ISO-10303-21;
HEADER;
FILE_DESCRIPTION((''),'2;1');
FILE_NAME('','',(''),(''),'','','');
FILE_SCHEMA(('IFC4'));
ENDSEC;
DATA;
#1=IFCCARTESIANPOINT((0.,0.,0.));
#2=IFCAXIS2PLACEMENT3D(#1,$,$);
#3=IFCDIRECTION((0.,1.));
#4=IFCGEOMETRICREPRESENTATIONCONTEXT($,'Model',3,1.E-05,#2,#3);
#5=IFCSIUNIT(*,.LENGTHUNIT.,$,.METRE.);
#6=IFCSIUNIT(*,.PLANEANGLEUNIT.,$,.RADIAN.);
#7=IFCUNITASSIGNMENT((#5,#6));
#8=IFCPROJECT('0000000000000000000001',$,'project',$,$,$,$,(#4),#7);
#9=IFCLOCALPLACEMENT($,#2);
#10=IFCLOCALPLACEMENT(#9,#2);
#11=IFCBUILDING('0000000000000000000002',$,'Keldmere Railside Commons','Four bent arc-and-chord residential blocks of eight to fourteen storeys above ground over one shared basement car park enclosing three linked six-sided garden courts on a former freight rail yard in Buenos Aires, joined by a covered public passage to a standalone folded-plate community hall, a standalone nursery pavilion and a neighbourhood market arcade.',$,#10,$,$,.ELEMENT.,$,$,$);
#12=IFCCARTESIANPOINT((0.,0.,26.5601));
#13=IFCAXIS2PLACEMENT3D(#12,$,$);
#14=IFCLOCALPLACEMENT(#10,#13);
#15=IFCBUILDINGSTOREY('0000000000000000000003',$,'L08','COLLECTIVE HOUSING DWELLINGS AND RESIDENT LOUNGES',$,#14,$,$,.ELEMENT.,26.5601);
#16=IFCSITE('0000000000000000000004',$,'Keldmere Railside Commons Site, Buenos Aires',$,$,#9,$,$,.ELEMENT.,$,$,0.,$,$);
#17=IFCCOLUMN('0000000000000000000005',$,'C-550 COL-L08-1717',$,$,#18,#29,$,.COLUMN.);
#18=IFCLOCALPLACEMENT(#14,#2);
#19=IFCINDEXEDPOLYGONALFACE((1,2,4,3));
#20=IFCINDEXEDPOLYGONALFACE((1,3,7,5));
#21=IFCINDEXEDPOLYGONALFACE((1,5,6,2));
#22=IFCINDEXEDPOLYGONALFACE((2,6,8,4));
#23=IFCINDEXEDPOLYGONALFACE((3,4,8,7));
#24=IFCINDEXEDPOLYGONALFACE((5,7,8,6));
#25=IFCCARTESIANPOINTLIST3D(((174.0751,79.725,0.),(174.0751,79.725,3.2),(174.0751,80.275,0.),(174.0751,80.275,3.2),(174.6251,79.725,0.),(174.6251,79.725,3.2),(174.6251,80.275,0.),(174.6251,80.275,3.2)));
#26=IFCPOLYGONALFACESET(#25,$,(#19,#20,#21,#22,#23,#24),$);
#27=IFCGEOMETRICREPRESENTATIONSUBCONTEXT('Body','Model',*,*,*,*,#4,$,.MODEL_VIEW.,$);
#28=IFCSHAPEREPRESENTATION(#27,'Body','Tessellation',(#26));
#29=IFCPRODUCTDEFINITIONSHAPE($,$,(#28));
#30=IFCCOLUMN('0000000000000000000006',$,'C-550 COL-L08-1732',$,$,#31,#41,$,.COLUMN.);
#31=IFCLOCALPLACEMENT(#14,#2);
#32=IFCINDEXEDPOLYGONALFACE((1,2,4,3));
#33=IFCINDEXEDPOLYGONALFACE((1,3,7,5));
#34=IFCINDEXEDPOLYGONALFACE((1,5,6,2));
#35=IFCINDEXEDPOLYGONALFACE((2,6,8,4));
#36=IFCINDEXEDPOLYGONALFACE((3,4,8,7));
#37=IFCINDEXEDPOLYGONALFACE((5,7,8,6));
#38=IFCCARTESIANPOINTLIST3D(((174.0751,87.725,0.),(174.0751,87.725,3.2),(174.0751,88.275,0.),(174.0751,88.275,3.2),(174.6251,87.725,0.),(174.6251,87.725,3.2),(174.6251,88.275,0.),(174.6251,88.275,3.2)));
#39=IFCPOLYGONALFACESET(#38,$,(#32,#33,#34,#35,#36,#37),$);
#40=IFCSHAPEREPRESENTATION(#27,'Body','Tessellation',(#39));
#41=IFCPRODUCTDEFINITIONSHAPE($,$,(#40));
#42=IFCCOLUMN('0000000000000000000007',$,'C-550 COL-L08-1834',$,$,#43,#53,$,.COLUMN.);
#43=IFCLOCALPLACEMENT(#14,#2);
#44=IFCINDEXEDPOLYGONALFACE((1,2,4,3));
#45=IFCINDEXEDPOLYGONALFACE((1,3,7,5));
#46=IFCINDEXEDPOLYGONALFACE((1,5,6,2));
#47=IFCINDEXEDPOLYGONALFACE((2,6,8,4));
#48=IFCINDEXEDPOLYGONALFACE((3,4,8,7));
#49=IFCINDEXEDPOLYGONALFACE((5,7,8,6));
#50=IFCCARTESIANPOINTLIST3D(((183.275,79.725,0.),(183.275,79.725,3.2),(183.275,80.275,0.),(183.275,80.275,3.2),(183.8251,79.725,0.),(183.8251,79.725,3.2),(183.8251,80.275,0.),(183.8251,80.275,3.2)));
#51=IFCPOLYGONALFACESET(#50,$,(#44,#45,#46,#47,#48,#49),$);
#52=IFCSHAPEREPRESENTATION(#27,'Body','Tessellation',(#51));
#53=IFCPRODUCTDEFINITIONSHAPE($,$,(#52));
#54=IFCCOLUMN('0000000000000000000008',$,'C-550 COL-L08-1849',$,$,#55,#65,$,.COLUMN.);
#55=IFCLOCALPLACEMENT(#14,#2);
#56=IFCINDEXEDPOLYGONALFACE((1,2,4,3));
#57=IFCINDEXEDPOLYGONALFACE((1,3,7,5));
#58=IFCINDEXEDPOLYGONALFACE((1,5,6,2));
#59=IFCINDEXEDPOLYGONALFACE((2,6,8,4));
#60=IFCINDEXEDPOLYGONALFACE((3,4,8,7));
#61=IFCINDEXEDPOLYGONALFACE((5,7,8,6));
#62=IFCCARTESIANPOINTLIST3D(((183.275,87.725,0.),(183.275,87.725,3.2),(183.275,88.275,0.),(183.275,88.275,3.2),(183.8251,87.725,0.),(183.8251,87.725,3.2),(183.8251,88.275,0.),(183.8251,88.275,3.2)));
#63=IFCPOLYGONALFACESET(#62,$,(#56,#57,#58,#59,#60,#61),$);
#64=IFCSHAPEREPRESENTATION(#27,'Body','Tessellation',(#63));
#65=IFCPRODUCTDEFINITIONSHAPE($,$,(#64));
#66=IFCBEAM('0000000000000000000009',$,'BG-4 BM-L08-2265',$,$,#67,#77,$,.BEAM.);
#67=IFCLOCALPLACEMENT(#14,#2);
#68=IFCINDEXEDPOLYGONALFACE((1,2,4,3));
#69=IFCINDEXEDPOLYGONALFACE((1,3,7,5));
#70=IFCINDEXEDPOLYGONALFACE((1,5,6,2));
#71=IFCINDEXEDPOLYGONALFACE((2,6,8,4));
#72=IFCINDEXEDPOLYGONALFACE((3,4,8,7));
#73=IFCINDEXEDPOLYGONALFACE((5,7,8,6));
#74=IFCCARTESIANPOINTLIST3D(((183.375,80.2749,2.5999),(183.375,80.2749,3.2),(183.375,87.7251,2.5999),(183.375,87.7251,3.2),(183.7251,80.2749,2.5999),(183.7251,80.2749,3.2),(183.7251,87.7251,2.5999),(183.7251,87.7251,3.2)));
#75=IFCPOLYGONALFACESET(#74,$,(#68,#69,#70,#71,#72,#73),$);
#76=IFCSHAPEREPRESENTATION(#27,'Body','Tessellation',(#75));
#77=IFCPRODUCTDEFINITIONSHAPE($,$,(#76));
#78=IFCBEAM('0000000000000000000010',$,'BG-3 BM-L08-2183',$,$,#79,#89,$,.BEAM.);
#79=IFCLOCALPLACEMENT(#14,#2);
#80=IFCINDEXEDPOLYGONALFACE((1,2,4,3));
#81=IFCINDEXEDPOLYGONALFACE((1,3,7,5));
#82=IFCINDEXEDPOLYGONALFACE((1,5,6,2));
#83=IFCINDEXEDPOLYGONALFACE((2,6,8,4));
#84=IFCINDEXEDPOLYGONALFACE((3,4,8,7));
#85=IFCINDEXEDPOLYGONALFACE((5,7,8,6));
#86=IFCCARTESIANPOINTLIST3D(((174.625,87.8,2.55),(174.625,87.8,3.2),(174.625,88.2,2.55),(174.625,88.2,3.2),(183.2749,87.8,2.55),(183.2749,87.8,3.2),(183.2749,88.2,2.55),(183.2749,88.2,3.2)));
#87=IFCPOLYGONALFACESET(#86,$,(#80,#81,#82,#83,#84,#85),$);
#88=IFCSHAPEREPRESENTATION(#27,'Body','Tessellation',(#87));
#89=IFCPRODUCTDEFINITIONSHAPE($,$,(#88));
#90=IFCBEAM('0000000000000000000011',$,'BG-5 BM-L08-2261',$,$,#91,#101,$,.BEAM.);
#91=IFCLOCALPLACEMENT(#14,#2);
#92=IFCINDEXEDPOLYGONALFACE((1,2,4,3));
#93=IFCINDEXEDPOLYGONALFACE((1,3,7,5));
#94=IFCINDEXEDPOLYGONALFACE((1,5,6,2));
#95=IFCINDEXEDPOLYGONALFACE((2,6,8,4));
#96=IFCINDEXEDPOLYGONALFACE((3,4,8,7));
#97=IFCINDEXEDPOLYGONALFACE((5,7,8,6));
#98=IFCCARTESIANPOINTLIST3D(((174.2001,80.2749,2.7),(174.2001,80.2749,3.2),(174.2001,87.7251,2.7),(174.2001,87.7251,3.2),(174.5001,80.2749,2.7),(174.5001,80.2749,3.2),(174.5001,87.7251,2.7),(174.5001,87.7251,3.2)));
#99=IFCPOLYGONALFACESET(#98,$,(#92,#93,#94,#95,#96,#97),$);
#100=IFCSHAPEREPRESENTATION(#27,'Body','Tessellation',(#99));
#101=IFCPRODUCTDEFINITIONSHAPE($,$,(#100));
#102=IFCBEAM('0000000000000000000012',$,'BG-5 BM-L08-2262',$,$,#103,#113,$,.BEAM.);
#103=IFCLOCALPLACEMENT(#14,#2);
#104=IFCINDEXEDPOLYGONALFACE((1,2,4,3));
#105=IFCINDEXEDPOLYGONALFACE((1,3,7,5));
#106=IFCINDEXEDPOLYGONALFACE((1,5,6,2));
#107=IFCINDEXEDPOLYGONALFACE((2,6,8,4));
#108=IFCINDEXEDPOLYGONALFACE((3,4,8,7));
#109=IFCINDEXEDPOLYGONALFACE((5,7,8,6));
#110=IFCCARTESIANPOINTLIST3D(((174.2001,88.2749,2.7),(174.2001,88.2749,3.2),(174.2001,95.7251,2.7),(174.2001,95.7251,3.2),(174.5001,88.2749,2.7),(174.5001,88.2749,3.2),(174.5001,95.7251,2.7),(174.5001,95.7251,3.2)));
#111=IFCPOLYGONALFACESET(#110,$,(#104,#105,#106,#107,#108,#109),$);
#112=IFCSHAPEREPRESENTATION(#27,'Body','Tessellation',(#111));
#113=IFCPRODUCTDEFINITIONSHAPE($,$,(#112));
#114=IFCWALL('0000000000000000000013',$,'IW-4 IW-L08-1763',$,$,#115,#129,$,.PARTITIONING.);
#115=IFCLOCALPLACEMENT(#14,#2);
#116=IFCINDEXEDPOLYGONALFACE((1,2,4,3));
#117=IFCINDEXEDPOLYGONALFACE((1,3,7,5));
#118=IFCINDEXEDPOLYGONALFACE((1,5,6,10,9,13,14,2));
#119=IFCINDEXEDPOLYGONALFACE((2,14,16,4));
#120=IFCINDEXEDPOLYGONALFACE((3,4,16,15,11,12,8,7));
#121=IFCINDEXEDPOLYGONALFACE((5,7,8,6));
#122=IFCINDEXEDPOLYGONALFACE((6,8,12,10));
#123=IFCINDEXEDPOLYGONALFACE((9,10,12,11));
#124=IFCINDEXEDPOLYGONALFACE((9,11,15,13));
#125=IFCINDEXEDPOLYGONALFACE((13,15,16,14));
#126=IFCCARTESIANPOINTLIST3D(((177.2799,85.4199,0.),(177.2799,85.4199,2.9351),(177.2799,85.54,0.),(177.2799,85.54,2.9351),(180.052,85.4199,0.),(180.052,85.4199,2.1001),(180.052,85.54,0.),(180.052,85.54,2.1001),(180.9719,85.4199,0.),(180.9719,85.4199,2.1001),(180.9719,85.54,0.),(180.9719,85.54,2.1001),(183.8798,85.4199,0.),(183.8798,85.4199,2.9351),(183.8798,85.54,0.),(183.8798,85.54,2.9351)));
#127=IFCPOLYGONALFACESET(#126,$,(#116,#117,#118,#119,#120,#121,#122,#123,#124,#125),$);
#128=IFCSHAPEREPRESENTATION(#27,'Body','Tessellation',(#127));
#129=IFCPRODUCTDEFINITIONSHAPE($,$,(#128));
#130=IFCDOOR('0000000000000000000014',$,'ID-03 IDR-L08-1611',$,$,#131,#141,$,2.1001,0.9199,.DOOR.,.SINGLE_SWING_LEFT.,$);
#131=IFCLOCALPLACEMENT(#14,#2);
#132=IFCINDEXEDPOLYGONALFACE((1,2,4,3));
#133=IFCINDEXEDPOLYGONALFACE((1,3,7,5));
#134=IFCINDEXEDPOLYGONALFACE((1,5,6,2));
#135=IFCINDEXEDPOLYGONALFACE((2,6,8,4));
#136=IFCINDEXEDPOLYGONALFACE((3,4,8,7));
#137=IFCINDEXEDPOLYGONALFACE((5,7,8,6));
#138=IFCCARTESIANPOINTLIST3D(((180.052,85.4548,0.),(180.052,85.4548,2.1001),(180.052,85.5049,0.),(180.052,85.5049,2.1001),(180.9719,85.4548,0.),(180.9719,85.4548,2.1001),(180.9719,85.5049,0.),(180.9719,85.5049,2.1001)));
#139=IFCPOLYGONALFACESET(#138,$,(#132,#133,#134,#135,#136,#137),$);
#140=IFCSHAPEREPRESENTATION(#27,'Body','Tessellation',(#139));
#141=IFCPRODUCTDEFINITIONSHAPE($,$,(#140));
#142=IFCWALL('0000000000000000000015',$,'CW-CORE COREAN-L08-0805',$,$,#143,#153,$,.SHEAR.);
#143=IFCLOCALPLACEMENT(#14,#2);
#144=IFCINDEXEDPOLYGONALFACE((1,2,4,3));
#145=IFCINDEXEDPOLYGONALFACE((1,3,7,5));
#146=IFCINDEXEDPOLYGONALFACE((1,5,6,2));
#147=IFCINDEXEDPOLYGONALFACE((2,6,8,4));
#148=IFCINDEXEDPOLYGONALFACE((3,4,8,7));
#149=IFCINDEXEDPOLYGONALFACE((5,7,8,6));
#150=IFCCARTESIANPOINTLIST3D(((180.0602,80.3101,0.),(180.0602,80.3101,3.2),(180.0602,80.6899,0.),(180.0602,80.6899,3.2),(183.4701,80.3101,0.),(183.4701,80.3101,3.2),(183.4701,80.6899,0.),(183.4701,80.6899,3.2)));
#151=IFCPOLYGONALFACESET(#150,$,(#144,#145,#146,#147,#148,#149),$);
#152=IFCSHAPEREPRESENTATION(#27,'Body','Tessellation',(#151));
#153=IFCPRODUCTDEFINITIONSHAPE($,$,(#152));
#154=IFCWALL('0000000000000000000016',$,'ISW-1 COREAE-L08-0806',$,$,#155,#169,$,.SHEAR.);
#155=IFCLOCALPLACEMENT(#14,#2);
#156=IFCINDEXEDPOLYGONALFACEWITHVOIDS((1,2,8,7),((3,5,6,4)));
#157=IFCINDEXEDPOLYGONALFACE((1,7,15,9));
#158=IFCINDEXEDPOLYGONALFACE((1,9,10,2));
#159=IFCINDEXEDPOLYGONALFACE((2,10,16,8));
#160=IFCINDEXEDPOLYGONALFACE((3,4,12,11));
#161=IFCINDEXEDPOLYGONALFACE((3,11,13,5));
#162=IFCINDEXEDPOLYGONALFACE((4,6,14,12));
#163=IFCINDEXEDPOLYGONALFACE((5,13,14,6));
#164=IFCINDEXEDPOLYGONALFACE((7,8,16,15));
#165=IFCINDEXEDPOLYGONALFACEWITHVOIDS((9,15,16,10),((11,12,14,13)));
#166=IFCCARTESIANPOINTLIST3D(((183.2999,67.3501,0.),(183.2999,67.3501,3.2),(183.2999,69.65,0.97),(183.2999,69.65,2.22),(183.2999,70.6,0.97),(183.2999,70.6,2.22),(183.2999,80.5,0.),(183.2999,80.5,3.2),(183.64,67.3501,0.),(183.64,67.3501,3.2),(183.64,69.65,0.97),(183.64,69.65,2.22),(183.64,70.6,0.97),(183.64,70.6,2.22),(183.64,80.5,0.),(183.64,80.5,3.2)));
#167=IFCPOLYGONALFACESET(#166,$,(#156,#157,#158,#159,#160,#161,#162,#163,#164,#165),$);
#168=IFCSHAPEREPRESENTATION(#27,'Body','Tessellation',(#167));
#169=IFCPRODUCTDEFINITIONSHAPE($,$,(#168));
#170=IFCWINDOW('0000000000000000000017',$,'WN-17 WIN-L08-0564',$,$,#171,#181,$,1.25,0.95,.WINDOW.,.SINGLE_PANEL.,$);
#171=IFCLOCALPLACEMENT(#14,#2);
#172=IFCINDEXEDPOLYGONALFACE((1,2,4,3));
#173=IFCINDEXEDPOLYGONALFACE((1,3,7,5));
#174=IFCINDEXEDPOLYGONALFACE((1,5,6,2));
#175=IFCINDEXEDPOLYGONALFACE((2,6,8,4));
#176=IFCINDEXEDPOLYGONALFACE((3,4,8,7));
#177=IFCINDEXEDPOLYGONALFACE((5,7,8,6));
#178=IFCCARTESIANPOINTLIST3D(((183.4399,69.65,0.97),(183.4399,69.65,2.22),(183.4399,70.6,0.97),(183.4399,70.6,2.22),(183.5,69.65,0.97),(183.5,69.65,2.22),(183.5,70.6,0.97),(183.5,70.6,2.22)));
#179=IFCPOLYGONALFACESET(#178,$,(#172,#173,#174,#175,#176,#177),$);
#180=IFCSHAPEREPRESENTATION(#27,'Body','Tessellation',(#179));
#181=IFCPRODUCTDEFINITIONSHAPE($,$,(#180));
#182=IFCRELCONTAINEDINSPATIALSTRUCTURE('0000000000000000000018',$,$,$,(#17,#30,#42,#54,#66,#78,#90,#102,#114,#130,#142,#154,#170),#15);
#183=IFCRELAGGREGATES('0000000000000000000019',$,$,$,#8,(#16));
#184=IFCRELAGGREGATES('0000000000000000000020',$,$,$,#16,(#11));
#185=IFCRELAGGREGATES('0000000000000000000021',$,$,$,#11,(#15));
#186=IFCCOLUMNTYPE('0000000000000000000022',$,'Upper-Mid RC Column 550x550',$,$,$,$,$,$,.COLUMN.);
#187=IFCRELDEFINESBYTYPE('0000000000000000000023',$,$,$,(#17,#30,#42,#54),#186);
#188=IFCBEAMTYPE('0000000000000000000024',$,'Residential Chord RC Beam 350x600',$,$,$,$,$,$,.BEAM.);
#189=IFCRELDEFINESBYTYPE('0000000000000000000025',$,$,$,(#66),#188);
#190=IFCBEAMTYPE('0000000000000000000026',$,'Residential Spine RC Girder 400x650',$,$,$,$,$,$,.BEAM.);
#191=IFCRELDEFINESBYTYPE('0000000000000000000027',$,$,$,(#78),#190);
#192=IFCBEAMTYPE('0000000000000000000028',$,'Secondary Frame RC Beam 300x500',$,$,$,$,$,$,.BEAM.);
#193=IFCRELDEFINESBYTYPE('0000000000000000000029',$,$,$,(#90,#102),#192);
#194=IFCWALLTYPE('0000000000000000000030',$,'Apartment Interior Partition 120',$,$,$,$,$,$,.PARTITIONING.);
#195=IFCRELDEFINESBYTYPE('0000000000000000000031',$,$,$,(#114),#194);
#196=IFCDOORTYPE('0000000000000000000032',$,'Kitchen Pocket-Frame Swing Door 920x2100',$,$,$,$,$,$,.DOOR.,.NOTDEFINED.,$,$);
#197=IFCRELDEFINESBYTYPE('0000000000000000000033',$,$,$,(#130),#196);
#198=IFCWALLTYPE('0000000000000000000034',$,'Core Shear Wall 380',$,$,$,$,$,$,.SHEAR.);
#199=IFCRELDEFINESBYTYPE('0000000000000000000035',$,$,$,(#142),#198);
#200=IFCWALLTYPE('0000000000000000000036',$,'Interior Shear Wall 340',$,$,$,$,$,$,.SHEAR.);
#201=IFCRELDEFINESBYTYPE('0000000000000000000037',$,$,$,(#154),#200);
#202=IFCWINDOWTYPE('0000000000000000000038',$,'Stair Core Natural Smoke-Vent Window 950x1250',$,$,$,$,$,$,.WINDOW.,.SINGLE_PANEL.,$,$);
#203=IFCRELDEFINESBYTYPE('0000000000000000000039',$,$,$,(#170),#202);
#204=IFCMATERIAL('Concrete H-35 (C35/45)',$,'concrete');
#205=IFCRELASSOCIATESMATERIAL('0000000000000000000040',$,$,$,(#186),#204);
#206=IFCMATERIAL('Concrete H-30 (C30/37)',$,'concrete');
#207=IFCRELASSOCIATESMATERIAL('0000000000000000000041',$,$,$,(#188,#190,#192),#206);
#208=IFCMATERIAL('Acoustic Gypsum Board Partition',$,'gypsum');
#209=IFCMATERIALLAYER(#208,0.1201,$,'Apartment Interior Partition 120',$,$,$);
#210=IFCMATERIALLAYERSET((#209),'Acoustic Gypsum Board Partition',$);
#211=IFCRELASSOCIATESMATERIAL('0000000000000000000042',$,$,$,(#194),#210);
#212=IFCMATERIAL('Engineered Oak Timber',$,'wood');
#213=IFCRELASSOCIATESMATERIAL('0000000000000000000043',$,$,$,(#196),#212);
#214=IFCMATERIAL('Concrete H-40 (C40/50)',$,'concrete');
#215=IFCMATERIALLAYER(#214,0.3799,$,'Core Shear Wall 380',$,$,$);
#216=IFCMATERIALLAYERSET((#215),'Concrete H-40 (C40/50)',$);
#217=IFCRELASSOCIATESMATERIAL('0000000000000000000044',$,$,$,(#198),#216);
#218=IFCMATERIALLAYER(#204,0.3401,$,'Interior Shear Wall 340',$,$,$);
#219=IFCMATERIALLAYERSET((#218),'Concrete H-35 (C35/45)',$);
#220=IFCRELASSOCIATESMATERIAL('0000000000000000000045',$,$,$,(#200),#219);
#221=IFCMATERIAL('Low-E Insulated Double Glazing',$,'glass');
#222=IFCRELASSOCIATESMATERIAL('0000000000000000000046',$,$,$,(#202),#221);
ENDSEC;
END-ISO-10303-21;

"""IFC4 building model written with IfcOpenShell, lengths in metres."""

from ifc_helpers import new_model, si_unit, direction, frame, frame_2d, origin, origin_2d, place, context, subcontext, project, spatial, rectangle, extrude, material, layer, layer_set, material_profile, profile_set, type_object, element, fill, save


model = new_model("IFC4")

# Units and contexts
model_context = context("Model", 3, precision=1e-05, world=origin(), true_north=direction((0.0, 1.0)))
body_context = subcontext(model_context, "Body", "Model", "MODEL_VIEW")
ifc_project = project(units=[si_unit("LENGTHUNIT", "METRE"), si_unit("PLANEANGLEUNIT", "RADIAN")], contexts=[model_context])

# Site, building, storey
site_placement = place(None, origin())
site = spatial("IfcSite", under=ifc_project, at=site_placement, Name="Keldmere Railside Commons Site, Buenos Aires", CompositionType="ELEMENT", RefElevation=0.0)
building_placement = place(site_placement, origin())
building = spatial("IfcBuilding", under=site, at=building_placement, Name="Keldmere Railside Commons", Description="Four bent arc-and-chord residential blocks of eight to fourteen storeys above ground over one shared basement car park enclosing three linked six-sided garden courts on a former freight rail yard in Buenos Aires, joined by a covered public passage to a standalone folded-plate community hall, a standalone nursery pavilion and a neighbourhood market arcade.", CompositionType="ELEMENT")
storey_placement = place(building_placement, frame((0.0, 0.0, 26.5601)))
storey = spatial("IfcBuildingStorey", under=building, at=storey_placement, Name="L08", Description="COLLECTIVE HOUSING DWELLINGS AND RESIDENT LOUNGES", CompositionType="ELEMENT", Elevation=26.5601)

# Columns
ifc_material_1 = material(Name="Concrete H-35 (C35/45)", Category="concrete")
ifc_material_profile_1 = material_profile(ifc_material_1, rectangle(XDim=0.55, YDim=0.55, at=origin_2d()), Name="RC-550x550")
ifc_profile_set_1 = profile_set([ifc_material_profile_1], Name="Concrete H-35 (C35/45)")
column_type = type_object("IfcColumnType", Name="Upper-Mid RC Column 550x550", PredefinedType="COLUMN", material=ifc_profile_set_1)
for number, where, z_axis, x_axis, name in (
    (1, (174.3501, 80.0, 0.0), (0.0, 0.0, 1.0), (1.0, 0.0, 0.0), "C-550 COL-L08-1717"),
    (2, (174.3501, 88.0, 0.0), (0.0, 0.0, 1.0), (1.0, 0.0, 0.0), "C-550 COL-L08-1732"),
    (3, (183.55, 80.0, 0.0), (0.0, 0.0, 1.0), (1.0, 0.0, 0.0), "C-550 COL-L08-1834"),
    (4, (183.55, 88.0, 0.0), (0.0, 0.0, 1.0), (1.0, 0.0, 0.0), "C-550 COL-L08-1849"),
):
    element("IfcColumn", number, at=place(storey_placement, frame(where, z_axis=z_axis, x_axis=x_axis)), inside=storey, type_object=column_type, Name=name, PredefinedType="COLUMN", context=body_context, shape_type="SweptSolid", body=[
        extrude(rectangle(XDim=0.55, YDim=0.55, at=origin_2d()), origin(), (0.0, 0.0, 1.0), 3.2),
    ])

# Beams
ifc_material_2 = material(Name="Concrete H-30 (C30/37)", Category="concrete")
ifc_material_profile_2 = material_profile(ifc_material_2, rectangle(XDim=0.3501, YDim=0.6001, at=origin_2d()), Name="RC-350x600")
ifc_profile_set_2 = profile_set([ifc_material_profile_2], Name="Concrete H-30 (C30/37)")
beam_type_1 = type_object("IfcBeamType", Name="Residential Chord RC Beam 350x600", PredefinedType="BEAM", material=ifc_profile_set_2)
beam_1_placement = place(storey_placement, frame((183.55, 80.2749, 2.8999), z_axis=(0.0, 1.0, 0.0), x_axis=(-1.0, 0.0, 0.0)))
element("IfcBeam", 5, at=beam_1_placement, inside=storey, type_object=beam_type_1, Name="BG-4 BM-L08-2265", PredefinedType="BEAM", context=body_context, shape_type="SweptSolid", body=[
    extrude(rectangle(XDim=0.3501, YDim=0.6001, at=origin_2d()), origin(), (0.0, 0.0, 1.0), 7.4502),
])
ifc_material_profile_3 = material_profile(ifc_material_2, rectangle(XDim=0.3999, YDim=0.6499, at=origin_2d()), Name="RC-400x650")
ifc_profile_set_3 = profile_set([ifc_material_profile_3], Name="Concrete H-30 (C30/37)")
beam_type_2 = type_object("IfcBeamType", Name="Residential Spine RC Girder 400x650", PredefinedType="BEAM", material=ifc_profile_set_3)
beam_2_placement = place(storey_placement, frame((174.625, 88.0, 2.875), z_axis=(1.0, 0.0, 0.0), x_axis=(0.0, 1.0, 0.0)))
element("IfcBeam", 6, at=beam_2_placement, inside=storey, type_object=beam_type_2, Name="BG-3 BM-L08-2183", PredefinedType="BEAM", context=body_context, shape_type="SweptSolid", body=[
    extrude(rectangle(XDim=0.3999, YDim=0.6499, at=origin_2d()), origin(), (0.0, 0.0, 1.0), 8.6499),
])
ifc_material_profile_4 = material_profile(ifc_material_2, rectangle(XDim=0.3, YDim=0.5, at=origin_2d()), Name="RC-300x500")
ifc_profile_set_4 = profile_set([ifc_material_profile_4], Name="Concrete H-30 (C30/37)")
beam_type_3 = type_object("IfcBeamType", Name="Secondary Frame RC Beam 300x500", PredefinedType="BEAM", material=ifc_profile_set_4)
for number, where, z_axis, x_axis, name in (
    (7, (174.3501, 80.2749, 2.95), (0.0, 1.0, 0.0), (-1.0, 0.0, 0.0), "BG-5 BM-L08-2261"),
    (8, (174.3501, 88.2749, 2.95), (0.0, 1.0, 0.0), (-1.0, 0.0, 0.0), "BG-5 BM-L08-2262"),
):
    element("IfcBeam", number, at=place(storey_placement, frame(where, z_axis=z_axis, x_axis=x_axis)), inside=storey, type_object=beam_type_3, Name=name, PredefinedType="BEAM", context=body_context, shape_type="SweptSolid", body=[
        extrude(rectangle(XDim=0.3, YDim=0.5, at=origin_2d()), origin(), (0.0, 0.0, 1.0), 7.4502),
    ])

# Wall, opening, door
ifc_material_3 = material(Name="Acoustic Gypsum Board Partition", Category="gypsum")
ifc_layer_1 = layer(ifc_material_3, 0.1201, Name="Apartment Interior Partition 120")
ifc_layer_set_1 = layer_set([ifc_layer_1], Name="Acoustic Gypsum Board Partition")
wall_type_1 = type_object("IfcWallType", Name="Apartment Interior Partition 120", PredefinedType="PARTITIONING", material=ifc_layer_set_1)
wall_1_placement = place(storey_placement, frame((177.28, 85.48, 0.0), z_axis=(0.0, 0.0, 1.0), x_axis=(1.0, 0.0, 0.0)))
wall_1 = element("IfcWall", 9, at=wall_1_placement, inside=storey, type_object=wall_type_1, Name="IW-4 IW-L08-1763", PredefinedType="PARTITIONING", context=body_context, shape_type="SweptSolid", body=[
    extrude(rectangle(XDim=6.5999, YDim=0.1201, at=frame_2d((3.2998, 0.0))), origin(), (0.0, 0.0, 1.0), 2.9351),
])
opening_1_placement = place(wall_1_placement, frame((2.772, 0.0, 0.0)))
opening_1 = element("IfcOpeningElement", 10, at=opening_1_placement, cuts=wall_1, PredefinedType="OPENING", context=body_context, shape_type="SweptSolid", body=[
    extrude(rectangle(XDim=0.9199, YDim=2.1001, at=frame_2d((0.46, 1.05))), frame((0.0, 0.0701, 0.0), z_axis=(0.0, -1.0, 0.0), x_axis=(1.0, 0.0, 0.0)), (0.0, 0.0, 1.0), 0.1401),
])
ifc_material_4 = material(Name="Engineered Oak Timber", Category="wood")
door_type_1 = type_object("IfcDoorType", Name="Kitchen Pocket-Frame Swing Door 920x2100", OperationType="NOTDEFINED", PredefinedType="DOOR", material=ifc_material_4)
door_1_placement = place(opening_1_placement, origin())
door_1 = element("IfcDoor", 11, at=door_1_placement, inside=storey, type_object=door_type_1, Name="ID-03 IDR-L08-1611", OperationType="SINGLE_SWING_LEFT", OverallHeight=2.1001, OverallWidth=0.9199, PredefinedType="DOOR", context=body_context, shape_type="SweptSolid", body=[
    extrude(rectangle(XDim=0.9199, YDim=2.1001, at=frame_2d((0.46, 1.05))), frame((0.0, 0.0249, 0.0), z_axis=(0.0, -1.0, 0.0), x_axis=(1.0, 0.0, 0.0)), (0.0, 0.0, 1.0), 0.05),
])
fill(opening_1, door_1)

# Wall
ifc_material_5 = material(Name="Concrete H-40 (C40/50)", Category="concrete")
ifc_layer_2 = layer(ifc_material_5, 0.3799, Name="Core Shear Wall 380")
ifc_layer_set_2 = layer_set([ifc_layer_2], Name="Concrete H-40 (C40/50)")
wall_type_2 = type_object("IfcWallType", Name="Core Shear Wall 380", PredefinedType="SHEAR", material=ifc_layer_set_2)
wall_2_placement = place(storey_placement, frame((180.0601, 80.5, 0.0), z_axis=(0.0, 0.0, 1.0), x_axis=(1.0, 0.0, 0.0)))
element("IfcWall", 12, at=wall_2_placement, inside=storey, type_object=wall_type_2, Name="CW-CORE COREAN-L08-0805", PredefinedType="SHEAR", context=body_context, shape_type="SweptSolid", body=[
    extrude(rectangle(XDim=3.4099, YDim=0.3799, at=frame_2d((1.7051, 0.0))), origin(), (0.0, 0.0, 1.0), 3.2),
])

# Wall, opening, window
ifc_layer_3 = layer(ifc_material_1, 0.3401, Name="Interior Shear Wall 340")
ifc_layer_set_3 = layer_set([ifc_layer_3], Name="Concrete H-35 (C35/45)")
wall_type_3 = type_object("IfcWallType", Name="Interior Shear Wall 340", PredefinedType="SHEAR", material=ifc_layer_set_3)
wall_3_placement = place(storey_placement, frame((183.47, 80.5, 0.0), z_axis=(0.0, 0.0, 1.0), x_axis=(0.0, -1.0, 0.0)))
wall_3 = element("IfcWall", 13, at=wall_3_placement, inside=storey, type_object=wall_type_3, Name="ISW-1 COREAE-L08-0806", PredefinedType="SHEAR", context=body_context, shape_type="SweptSolid", body=[
    extrude(rectangle(XDim=13.1499, YDim=0.3401, at=frame_2d((6.575, 0.0))), origin(), (0.0, 0.0, 1.0), 3.2),
])
opening_2_placement = place(wall_3_placement, frame((9.8999, 0.0, 0.97)))
opening_2 = element("IfcOpeningElement", 14, at=opening_2_placement, cuts=wall_3, PredefinedType="OPENING", context=body_context, shape_type="SweptSolid", body=[
    extrude(rectangle(XDim=0.95, YDim=1.25, at=frame_2d((0.4751, 0.625))), frame((0.0, 0.1799, 0.0), z_axis=(0.0, -1.0, 0.0), x_axis=(1.0, 0.0, 0.0)), (0.0, 0.0, 1.0), 0.3601),
])
ifc_material_6 = material(Name="Low-E Insulated Double Glazing", Category="glass")
window_type = type_object("IfcWindowType", Name="Stair Core Natural Smoke-Vent Window 950x1250", PartitioningType="SINGLE_PANEL", PredefinedType="WINDOW", material=ifc_material_6)
window_placement = place(opening_2_placement, origin())
window = element("IfcWindow", 15, at=window_placement, inside=storey, type_object=window_type, Name="WN-17 WIN-L08-0564", OverallHeight=1.25, OverallWidth=0.95, PartitioningType="SINGLE_PANEL", PredefinedType="WINDOW", context=body_context, shape_type="SweptSolid", body=[
    extrude(rectangle(XDim=0.95, YDim=1.25, at=frame_2d((0.4751, 0.625))), frame((0.0, 0.03, 0.0), z_axis=(0.0, -1.0, 0.0), x_axis=(1.0, 0.0, 0.0)), (0.0, 0.0, 1.0), 0.0601),
])
fill(opening_2, window)

save(model, "model.ifc")
